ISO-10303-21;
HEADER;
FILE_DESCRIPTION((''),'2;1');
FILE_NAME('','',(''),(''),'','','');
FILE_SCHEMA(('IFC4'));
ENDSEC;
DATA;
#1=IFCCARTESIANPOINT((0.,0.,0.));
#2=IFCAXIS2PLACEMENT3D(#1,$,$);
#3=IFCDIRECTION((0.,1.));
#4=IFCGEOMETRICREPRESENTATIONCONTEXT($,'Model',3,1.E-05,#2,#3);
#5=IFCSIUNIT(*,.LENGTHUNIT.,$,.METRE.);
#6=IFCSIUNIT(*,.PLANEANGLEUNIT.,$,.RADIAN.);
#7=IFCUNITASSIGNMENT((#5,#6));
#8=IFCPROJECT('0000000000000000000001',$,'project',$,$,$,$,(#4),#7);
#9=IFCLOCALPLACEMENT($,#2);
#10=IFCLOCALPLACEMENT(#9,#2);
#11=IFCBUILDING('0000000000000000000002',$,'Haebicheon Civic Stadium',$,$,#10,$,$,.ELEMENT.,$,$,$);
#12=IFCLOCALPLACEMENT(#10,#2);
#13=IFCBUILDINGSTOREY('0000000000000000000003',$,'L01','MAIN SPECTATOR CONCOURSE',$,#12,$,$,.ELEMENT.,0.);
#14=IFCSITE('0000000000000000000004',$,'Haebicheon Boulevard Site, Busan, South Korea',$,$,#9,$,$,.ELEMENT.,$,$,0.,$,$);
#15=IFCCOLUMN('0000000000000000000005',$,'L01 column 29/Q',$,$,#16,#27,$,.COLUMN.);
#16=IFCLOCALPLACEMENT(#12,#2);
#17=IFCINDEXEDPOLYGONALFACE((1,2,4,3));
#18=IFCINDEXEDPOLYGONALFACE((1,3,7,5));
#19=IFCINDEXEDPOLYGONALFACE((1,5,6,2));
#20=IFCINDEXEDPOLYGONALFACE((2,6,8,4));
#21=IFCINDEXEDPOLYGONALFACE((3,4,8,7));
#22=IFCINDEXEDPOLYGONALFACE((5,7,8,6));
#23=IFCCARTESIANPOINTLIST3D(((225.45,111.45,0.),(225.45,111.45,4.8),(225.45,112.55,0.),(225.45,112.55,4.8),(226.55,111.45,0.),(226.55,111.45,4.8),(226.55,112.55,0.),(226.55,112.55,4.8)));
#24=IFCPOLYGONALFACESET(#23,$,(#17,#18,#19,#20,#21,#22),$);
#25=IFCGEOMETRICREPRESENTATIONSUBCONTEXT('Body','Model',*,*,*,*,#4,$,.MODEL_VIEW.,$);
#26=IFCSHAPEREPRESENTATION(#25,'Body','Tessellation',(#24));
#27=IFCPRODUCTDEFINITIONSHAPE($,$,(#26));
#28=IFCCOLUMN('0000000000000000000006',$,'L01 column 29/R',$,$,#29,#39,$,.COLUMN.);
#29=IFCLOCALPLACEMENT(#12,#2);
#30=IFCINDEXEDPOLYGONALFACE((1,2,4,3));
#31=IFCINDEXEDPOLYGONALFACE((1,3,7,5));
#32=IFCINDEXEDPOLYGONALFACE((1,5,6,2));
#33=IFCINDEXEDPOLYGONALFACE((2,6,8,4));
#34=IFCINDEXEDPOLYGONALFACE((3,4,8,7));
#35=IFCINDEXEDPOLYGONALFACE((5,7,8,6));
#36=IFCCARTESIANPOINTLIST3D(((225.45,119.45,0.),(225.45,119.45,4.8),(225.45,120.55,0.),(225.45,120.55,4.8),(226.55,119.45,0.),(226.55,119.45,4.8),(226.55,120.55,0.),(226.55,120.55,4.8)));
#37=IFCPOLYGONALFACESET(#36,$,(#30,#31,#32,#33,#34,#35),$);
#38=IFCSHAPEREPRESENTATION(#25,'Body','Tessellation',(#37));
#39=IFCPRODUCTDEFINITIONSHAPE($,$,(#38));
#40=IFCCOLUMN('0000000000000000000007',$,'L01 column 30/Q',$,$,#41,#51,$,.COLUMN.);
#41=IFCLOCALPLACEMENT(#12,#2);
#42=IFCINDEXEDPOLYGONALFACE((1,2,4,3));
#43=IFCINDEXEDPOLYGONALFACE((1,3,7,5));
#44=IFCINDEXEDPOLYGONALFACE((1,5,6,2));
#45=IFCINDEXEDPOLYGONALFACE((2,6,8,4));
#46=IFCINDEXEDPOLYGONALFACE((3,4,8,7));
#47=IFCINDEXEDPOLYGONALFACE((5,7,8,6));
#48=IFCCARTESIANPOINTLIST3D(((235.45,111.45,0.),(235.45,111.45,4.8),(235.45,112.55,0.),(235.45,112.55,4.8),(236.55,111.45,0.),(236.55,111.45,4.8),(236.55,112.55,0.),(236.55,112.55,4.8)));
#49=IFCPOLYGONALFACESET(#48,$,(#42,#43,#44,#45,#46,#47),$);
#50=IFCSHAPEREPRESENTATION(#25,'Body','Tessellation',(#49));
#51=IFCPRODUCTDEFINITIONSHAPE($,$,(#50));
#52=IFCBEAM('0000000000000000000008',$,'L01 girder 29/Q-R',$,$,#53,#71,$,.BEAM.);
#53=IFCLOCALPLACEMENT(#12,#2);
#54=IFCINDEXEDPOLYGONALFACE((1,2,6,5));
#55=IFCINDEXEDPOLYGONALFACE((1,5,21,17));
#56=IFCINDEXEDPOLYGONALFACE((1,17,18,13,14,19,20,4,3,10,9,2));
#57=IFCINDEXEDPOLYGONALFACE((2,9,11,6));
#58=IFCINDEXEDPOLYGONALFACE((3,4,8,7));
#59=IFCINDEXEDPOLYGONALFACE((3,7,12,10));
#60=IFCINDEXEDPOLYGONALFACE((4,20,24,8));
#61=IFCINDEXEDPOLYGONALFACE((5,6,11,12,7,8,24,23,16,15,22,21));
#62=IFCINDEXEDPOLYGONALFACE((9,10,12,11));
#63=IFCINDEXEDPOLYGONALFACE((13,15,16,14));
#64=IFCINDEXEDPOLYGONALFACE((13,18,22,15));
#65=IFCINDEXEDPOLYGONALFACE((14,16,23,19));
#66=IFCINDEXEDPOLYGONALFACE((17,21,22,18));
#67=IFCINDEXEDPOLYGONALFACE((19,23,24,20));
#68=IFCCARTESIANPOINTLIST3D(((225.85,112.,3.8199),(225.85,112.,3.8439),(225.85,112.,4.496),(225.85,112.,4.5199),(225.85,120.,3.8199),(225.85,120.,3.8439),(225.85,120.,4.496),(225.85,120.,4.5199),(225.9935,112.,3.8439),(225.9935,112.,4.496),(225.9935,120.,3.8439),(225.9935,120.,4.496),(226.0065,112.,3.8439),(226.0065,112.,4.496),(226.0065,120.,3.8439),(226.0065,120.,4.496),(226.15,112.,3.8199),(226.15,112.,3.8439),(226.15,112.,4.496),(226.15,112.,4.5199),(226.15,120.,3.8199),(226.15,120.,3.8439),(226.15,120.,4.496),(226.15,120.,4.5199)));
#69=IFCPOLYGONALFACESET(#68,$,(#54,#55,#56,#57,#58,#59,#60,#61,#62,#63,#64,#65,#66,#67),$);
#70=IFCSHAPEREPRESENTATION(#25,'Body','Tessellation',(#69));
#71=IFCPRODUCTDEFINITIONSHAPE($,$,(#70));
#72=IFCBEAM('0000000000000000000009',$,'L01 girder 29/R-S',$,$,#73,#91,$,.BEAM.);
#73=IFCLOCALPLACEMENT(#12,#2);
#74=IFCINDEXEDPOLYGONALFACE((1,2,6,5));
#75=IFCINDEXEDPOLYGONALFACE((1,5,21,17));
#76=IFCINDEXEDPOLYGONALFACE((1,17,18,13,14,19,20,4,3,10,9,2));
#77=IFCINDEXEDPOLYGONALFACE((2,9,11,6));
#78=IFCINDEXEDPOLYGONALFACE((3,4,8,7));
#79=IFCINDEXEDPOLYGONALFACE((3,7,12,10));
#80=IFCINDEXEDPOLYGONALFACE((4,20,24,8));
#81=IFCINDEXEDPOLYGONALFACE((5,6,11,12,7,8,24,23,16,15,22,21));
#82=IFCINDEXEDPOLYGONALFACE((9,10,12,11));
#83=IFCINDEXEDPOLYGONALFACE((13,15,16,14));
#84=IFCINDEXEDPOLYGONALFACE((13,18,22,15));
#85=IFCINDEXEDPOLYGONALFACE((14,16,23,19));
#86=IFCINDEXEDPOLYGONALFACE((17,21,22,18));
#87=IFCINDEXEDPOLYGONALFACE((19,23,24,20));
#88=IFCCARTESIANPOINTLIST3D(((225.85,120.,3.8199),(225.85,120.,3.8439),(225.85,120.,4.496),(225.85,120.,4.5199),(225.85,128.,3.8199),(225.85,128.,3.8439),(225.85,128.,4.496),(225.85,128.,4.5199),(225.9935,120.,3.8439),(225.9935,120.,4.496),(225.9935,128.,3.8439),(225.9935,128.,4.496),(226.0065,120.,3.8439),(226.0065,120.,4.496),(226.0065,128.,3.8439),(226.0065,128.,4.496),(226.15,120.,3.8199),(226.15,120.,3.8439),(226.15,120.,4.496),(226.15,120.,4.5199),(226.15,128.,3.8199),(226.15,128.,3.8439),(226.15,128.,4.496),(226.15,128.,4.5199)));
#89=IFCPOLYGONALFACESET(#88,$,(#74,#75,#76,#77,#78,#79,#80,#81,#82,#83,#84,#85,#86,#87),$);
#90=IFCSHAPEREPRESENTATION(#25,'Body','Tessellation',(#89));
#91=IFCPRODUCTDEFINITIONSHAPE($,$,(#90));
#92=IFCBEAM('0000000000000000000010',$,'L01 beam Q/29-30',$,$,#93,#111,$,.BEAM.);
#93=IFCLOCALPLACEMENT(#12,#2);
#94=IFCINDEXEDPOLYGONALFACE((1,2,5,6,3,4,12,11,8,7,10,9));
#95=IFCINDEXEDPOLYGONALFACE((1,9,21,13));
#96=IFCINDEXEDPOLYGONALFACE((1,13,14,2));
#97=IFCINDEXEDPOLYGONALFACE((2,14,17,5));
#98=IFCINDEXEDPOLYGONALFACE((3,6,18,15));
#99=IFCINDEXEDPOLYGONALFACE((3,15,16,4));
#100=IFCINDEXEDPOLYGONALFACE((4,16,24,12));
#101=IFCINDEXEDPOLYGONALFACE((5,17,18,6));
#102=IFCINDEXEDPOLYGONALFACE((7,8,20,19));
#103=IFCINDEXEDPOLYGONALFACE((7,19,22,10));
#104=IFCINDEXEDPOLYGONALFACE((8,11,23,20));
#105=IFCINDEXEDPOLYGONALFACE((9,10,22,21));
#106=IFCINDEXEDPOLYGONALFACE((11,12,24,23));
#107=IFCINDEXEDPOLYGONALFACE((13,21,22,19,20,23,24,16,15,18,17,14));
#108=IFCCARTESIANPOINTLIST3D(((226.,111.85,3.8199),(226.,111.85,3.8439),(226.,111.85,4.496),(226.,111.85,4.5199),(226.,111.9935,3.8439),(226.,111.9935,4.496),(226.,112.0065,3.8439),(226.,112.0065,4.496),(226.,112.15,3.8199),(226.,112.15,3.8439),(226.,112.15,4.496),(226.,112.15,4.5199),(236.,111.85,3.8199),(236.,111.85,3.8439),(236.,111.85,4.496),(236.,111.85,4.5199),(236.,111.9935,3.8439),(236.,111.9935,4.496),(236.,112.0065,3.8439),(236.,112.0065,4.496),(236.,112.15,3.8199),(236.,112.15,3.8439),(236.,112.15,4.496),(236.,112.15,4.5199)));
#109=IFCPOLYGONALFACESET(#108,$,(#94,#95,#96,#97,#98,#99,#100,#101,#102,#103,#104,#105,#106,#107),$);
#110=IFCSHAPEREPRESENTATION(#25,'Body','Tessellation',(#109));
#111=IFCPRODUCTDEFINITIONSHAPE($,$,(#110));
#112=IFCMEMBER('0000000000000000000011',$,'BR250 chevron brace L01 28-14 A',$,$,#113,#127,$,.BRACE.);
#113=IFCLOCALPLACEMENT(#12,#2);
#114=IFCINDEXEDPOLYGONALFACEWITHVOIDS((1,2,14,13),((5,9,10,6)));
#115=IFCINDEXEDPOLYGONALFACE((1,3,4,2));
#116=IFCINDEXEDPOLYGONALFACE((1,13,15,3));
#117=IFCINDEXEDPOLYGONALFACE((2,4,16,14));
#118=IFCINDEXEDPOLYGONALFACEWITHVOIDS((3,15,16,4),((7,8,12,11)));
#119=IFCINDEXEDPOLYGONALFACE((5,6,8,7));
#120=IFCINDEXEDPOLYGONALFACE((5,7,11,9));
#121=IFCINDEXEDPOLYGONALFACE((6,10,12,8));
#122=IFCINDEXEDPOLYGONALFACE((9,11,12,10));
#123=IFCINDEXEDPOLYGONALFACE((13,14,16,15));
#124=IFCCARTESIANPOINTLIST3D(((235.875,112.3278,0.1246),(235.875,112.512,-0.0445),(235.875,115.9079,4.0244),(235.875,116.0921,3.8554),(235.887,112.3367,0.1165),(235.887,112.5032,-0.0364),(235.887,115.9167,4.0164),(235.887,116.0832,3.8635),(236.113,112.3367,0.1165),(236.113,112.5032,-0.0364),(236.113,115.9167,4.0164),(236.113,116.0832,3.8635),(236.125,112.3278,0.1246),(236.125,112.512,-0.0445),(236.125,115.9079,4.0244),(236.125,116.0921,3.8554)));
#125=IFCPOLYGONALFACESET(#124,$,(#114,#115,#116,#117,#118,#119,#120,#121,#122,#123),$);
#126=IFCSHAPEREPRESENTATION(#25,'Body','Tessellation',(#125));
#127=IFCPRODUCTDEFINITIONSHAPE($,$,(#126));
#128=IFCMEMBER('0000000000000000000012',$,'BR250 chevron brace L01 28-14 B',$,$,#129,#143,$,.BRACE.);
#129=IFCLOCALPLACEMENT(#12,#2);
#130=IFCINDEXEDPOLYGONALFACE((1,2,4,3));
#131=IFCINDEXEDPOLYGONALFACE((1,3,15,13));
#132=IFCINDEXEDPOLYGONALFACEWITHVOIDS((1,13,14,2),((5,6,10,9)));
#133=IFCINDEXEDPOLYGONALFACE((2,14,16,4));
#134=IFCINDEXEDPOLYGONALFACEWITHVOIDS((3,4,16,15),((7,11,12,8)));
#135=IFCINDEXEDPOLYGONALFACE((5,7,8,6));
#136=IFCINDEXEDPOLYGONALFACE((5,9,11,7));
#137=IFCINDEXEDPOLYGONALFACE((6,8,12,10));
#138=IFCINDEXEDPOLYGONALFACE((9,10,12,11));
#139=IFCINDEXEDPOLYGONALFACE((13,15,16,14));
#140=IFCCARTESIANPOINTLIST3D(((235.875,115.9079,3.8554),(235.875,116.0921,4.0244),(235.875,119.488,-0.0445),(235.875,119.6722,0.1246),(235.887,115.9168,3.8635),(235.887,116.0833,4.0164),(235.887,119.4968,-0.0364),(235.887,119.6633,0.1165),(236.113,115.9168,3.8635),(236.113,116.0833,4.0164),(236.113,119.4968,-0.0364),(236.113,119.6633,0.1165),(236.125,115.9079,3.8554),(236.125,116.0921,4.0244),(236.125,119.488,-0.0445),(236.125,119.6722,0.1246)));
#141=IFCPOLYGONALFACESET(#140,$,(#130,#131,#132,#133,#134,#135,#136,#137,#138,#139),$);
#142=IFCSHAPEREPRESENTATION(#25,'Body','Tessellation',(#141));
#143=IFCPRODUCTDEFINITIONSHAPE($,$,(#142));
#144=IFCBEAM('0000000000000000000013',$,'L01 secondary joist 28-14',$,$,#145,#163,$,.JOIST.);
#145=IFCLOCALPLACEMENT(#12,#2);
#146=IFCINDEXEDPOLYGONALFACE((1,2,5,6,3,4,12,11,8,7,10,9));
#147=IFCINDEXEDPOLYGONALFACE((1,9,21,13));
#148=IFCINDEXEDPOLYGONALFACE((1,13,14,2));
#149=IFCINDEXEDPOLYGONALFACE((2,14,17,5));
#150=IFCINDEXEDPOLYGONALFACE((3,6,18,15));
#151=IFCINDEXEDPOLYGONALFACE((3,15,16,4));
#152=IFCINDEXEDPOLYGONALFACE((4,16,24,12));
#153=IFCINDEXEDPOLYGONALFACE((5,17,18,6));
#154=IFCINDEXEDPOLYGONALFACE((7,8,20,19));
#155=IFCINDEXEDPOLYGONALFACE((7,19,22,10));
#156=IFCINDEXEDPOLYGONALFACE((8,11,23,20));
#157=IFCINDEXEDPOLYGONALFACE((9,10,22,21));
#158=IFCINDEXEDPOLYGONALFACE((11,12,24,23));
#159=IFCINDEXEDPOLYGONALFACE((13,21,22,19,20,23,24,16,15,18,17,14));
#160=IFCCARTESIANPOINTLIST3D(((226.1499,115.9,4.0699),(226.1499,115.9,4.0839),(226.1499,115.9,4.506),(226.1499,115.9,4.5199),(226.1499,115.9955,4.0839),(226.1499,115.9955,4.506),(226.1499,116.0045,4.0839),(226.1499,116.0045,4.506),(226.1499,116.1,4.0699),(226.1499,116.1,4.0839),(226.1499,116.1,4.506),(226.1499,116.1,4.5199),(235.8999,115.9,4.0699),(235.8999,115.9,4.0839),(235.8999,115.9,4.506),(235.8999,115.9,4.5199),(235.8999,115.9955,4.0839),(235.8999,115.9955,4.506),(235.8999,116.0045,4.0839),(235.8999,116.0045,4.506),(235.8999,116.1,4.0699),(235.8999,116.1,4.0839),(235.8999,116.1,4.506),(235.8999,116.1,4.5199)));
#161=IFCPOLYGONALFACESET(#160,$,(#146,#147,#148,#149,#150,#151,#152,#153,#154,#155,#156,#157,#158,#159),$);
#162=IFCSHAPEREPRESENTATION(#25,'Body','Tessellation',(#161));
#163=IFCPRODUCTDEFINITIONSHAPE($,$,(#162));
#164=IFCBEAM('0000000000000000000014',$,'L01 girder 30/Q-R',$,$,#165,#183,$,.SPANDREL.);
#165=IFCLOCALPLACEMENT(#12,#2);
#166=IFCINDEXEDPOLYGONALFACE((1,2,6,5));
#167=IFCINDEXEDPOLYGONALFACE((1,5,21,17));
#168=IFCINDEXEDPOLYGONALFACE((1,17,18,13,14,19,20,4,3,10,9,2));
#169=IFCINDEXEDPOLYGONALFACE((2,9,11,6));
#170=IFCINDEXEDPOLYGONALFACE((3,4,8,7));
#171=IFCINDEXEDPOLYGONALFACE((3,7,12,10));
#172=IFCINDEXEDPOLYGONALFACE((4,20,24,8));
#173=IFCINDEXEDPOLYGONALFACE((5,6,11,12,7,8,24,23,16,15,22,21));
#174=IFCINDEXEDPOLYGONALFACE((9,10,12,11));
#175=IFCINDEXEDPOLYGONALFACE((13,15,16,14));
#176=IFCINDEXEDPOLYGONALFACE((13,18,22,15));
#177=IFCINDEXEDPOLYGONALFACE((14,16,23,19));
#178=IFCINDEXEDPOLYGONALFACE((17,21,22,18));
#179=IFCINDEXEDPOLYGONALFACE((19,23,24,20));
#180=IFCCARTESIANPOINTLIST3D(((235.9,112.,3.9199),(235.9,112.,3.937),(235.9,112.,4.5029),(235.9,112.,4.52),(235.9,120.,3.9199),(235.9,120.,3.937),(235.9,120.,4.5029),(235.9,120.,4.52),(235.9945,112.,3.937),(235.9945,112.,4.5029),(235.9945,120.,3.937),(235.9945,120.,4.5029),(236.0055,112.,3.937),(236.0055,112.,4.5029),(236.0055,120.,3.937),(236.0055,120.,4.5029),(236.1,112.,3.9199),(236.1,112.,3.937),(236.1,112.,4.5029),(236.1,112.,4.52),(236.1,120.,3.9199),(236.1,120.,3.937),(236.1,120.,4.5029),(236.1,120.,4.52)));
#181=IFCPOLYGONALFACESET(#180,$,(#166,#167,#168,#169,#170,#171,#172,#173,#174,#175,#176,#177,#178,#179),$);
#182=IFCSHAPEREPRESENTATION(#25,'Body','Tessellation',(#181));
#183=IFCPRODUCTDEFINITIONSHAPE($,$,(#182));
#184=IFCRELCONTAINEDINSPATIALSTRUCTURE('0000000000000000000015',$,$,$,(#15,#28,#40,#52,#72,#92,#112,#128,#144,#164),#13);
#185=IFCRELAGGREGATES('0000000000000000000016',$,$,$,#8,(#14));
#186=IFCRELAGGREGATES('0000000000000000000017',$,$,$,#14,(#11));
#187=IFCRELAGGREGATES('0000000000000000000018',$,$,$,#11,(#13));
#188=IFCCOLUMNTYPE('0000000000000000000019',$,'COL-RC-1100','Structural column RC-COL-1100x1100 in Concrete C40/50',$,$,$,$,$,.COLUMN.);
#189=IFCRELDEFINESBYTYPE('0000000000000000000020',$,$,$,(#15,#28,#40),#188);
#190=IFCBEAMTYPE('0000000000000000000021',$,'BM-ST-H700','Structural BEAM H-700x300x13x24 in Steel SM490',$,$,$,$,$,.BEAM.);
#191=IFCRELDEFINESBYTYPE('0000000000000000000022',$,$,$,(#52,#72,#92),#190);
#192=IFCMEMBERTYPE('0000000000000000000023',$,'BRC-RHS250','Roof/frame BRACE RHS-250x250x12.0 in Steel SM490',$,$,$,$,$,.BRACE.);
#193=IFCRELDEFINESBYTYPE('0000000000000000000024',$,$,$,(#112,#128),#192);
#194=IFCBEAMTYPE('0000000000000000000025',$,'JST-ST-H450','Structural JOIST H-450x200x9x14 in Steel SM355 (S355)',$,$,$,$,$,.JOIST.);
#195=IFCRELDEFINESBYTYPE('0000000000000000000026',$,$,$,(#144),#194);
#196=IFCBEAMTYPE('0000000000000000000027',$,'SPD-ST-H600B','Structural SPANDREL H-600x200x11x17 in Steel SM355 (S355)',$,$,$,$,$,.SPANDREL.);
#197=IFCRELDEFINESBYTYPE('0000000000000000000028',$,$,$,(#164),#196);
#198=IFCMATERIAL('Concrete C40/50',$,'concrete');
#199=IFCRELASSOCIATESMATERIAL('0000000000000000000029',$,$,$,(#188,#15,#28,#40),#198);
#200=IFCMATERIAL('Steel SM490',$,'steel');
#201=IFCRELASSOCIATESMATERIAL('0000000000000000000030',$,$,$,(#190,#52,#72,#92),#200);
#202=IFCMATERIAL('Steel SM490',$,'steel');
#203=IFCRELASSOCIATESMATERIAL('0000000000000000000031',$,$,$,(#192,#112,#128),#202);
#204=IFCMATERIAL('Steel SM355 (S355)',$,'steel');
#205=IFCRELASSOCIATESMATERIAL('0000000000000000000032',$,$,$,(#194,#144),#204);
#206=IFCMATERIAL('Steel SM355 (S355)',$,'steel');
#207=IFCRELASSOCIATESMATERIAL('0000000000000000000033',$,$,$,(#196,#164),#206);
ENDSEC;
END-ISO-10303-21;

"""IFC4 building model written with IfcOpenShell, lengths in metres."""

from ifc_helpers import new_model, si_unit, direction, frame, origin, origin_2d, place, context, subcontext, project, spatial, rectangle, hollow_rectangle, i_section, extrude, material, material_profile, profile_set, type_object, element, save


model = new_model("IFC4")

# Units and contexts
model_context = context("Model", 3, precision=1e-05, world=origin(), true_north=direction((0.0, 1.0)))
body_context = subcontext(model_context, "Body", "Model", "MODEL_VIEW")
ifc_project = project(units=[si_unit("LENGTHUNIT", "METRE"), si_unit("PLANEANGLEUNIT", "RADIAN")], contexts=[model_context])

# Site, building, storey
site_placement = place(None, origin())
site = spatial("IfcSite", under=ifc_project, at=site_placement, Name="Haebicheon Boulevard Site, Busan, South Korea", CompositionType="ELEMENT", RefElevation=0.0)
building_placement = place(site_placement, origin())
building = spatial("IfcBuilding", under=site, at=building_placement, Name="Haebicheon Civic Stadium", CompositionType="ELEMENT")
storey_placement = place(building_placement, origin())
storey = spatial("IfcBuildingStorey", under=building, at=storey_placement, Name="L01", Description="MAIN SPECTATOR CONCOURSE", CompositionType="ELEMENT", Elevation=0.0)

# Columns
ifc_material_1 = material(Name="Concrete C40/50", Category="concrete")
ifc_material_profile_1 = material_profile(ifc_material_1, rectangle(XDim=1.1001, YDim=1.1001, at=origin_2d()), Name="RC-COL-1100x1100")
ifc_profile_set_1 = profile_set([ifc_material_profile_1], Name="Concrete C40/50")
column_type = type_object("IfcColumnType", Name="COL-RC-1100", Description="Structural column RC-COL-1100x1100 in Concrete C40/50", PredefinedType="COLUMN", material=ifc_profile_set_1)
for number, where, z_axis, x_axis, name in (
    (1, (226.0, 112.0, 0.0), (0.0, 0.0, 1.0), (1.0, 0.0, 0.0), "L01 column 29/Q"),
    (2, (226.0, 120.0, 0.0), (0.0, 0.0, 1.0), (1.0, 0.0, 0.0), "L01 column 29/R"),
    (3, (236.0, 112.0, 0.0), (0.0, 0.0, 1.0), (1.0, 0.0, 0.0), "L01 column 30/Q"),
):
    element("IfcColumn", number, at=place(storey_placement, frame(where, z_axis=z_axis, x_axis=x_axis)), inside=storey, type_object=column_type, material=ifc_profile_set_1, Name=name, PredefinedType="COLUMN", context=body_context, shape_type="SweptSolid", body=[
        extrude(rectangle(XDim=1.1001, YDim=1.1001, at=origin_2d()), origin(), (0.0, 0.0, 1.0), 4.8),
    ])

# Beams
ifc_material_2 = material(Name="Steel SM490", Category="steel")
ifc_material_profile_2 = material_profile(ifc_material_2, i_section(OverallWidth=0.3, OverallDepth=0.7, WebThickness=0.0129, FlangeThickness=0.0239, at=origin_2d()), Name="H-700x300x13x24")
ifc_profile_set_2 = profile_set([ifc_material_profile_2], Name="Steel SM490")
beam_type_1 = type_object("IfcBeamType", Name="BM-ST-H700", Description="Structural BEAM H-700x300x13x24 in Steel SM490", PredefinedType="BEAM", material=ifc_profile_set_2)
for number, where, z_axis, x_axis, name in (
    (4, (226.0, 112.0, 4.1699), (0.0, 1.0, 0.0), (-1.0, 0.0, 0.0), "L01 girder 29/Q-R"),
    (5, (226.0, 120.0, 4.1699), (0.0, 1.0, 0.0), (-1.0, 0.0, 0.0), "L01 girder 29/R-S"),
):
    element("IfcBeam", number, at=place(storey_placement, frame(where, z_axis=z_axis, x_axis=x_axis)), inside=storey, type_object=beam_type_1, material=ifc_profile_set_2, Name=name, PredefinedType="BEAM", context=body_context, shape_type="SweptSolid", body=[
        extrude(i_section(OverallWidth=0.3, OverallDepth=0.7, WebThickness=0.0129, FlangeThickness=0.0239, at=origin_2d()), origin(), (0.0, 0.0, 1.0), 8.0),
    ])
beam_1_placement = place(storey_placement, frame((226.0, 112.0, 4.1699), z_axis=(1.0, 0.0, 0.0), x_axis=(0.0, 1.0, 0.0)))
element("IfcBeam", 6, at=beam_1_placement, inside=storey, type_object=beam_type_1, material=ifc_profile_set_2, Name="L01 beam Q/29-30", PredefinedType="BEAM", context=body_context, shape_type="SweptSolid", body=[
    extrude(i_section(OverallWidth=0.3, OverallDepth=0.7, WebThickness=0.0129, FlangeThickness=0.0239, at=origin_2d()), origin(), (0.0, 0.0, 1.0), 10.0),
])

# Members
ifc_material_3 = material(Name="Steel SM490", Category="steel")
ifc_material_profile_3 = material_profile(ifc_material_3, hollow_rectangle(XDim=0.25, YDim=0.25, WallThickness=0.012, at=origin_2d()), Name="RHS-250x250x12.0")
ifc_profile_set_3 = profile_set([ifc_material_profile_3], Name="Steel SM490")
member_type = type_object("IfcMemberType", Name="BRC-RHS250", Description="Roof/frame BRACE RHS-250x250x12.0 in Steel SM490", PredefinedType="BRACE", material=ifc_profile_set_3)
for number, where, z_axis, x_axis, name in (
    (7, (236.0, 112.4199, 0.04), (0.0, 0.676255, 0.736668), (-1.0, 0.0, 0.0), "BR250 chevron brace L01 28-14 A"),
    (8, (236.0, 119.5801, 0.04), (0.0, -0.676255, 0.736668), (1.0, 0.0, 0.0), "BR250 chevron brace L01 28-14 B"),
):
    element("IfcMember", number, at=place(storey_placement, frame(where, z_axis=z_axis, x_axis=x_axis)), inside=storey, type_object=member_type, material=ifc_profile_set_3, Name=name, PredefinedType="BRACE", context=body_context, shape_type="SweptSolid", body=[
        extrude(hollow_rectangle(XDim=0.25, YDim=0.25, WallThickness=0.012, at=origin_2d()), origin(), (0.0, 0.0, 1.0), 5.2939),
    ])

# Beams
ifc_material_4 = material(Name="Steel SM355 (S355)", Category="steel")
ifc_material_profile_4 = material_profile(ifc_material_4, i_section(OverallWidth=0.2, OverallDepth=0.45, WebThickness=0.009, FlangeThickness=0.0139, at=origin_2d()), Name="H-450x200x9x14")
ifc_profile_set_4 = profile_set([ifc_material_profile_4], Name="Steel SM355 (S355)")
beam_type_2 = type_object("IfcBeamType", Name="JST-ST-H450", Description="Structural JOIST H-450x200x9x14 in Steel SM355 (S355)", PredefinedType="JOIST", material=ifc_profile_set_4)
beam_2_placement = place(storey_placement, frame((226.1499, 116.0, 4.2949), z_axis=(1.0, 0.0, 0.0), x_axis=(0.0, 1.0, 0.0)))
element("IfcBeam", 9, at=beam_2_placement, inside=storey, type_object=beam_type_2, material=ifc_profile_set_4, Name="L01 secondary joist 28-14", PredefinedType="JOIST", context=body_context, shape_type="SweptSolid", body=[
    extrude(i_section(OverallWidth=0.2, OverallDepth=0.45, WebThickness=0.009, FlangeThickness=0.0139, at=origin_2d()), origin(), (0.0, 0.0, 1.0), 9.75),
])
ifc_material_5 = material(Name="Steel SM355 (S355)", Category="steel")
ifc_material_profile_5 = material_profile(ifc_material_5, i_section(OverallWidth=0.2, OverallDepth=0.6001, WebThickness=0.011, FlangeThickness=0.0171, at=origin_2d()), Name="H-600x200x11x17")
ifc_profile_set_5 = profile_set([ifc_material_profile_5], Name="Steel SM355 (S355)")
beam_type_3 = type_object("IfcBeamType", Name="SPD-ST-H600B", Description="Structural SPANDREL H-600x200x11x17 in Steel SM355 (S355)", PredefinedType="SPANDREL", material=ifc_profile_set_5)
beam_3_placement = place(storey_placement, frame((236.0, 112.0, 4.22), z_axis=(0.0, 1.0, 0.0), x_axis=(-1.0, 0.0, 0.0)))
element("IfcBeam", 10, at=beam_3_placement, inside=storey, type_object=beam_type_3, material=ifc_profile_set_5, Name="L01 girder 30/Q-R", PredefinedType="SPANDREL", context=body_context, shape_type="SweptSolid", body=[
    extrude(i_section(OverallWidth=0.2, OverallDepth=0.6001, WebThickness=0.011, FlangeThickness=0.0171, at=origin_2d()), origin(), (0.0, 0.0, 1.0), 8.0),
])

save(model, "model.ifc")
